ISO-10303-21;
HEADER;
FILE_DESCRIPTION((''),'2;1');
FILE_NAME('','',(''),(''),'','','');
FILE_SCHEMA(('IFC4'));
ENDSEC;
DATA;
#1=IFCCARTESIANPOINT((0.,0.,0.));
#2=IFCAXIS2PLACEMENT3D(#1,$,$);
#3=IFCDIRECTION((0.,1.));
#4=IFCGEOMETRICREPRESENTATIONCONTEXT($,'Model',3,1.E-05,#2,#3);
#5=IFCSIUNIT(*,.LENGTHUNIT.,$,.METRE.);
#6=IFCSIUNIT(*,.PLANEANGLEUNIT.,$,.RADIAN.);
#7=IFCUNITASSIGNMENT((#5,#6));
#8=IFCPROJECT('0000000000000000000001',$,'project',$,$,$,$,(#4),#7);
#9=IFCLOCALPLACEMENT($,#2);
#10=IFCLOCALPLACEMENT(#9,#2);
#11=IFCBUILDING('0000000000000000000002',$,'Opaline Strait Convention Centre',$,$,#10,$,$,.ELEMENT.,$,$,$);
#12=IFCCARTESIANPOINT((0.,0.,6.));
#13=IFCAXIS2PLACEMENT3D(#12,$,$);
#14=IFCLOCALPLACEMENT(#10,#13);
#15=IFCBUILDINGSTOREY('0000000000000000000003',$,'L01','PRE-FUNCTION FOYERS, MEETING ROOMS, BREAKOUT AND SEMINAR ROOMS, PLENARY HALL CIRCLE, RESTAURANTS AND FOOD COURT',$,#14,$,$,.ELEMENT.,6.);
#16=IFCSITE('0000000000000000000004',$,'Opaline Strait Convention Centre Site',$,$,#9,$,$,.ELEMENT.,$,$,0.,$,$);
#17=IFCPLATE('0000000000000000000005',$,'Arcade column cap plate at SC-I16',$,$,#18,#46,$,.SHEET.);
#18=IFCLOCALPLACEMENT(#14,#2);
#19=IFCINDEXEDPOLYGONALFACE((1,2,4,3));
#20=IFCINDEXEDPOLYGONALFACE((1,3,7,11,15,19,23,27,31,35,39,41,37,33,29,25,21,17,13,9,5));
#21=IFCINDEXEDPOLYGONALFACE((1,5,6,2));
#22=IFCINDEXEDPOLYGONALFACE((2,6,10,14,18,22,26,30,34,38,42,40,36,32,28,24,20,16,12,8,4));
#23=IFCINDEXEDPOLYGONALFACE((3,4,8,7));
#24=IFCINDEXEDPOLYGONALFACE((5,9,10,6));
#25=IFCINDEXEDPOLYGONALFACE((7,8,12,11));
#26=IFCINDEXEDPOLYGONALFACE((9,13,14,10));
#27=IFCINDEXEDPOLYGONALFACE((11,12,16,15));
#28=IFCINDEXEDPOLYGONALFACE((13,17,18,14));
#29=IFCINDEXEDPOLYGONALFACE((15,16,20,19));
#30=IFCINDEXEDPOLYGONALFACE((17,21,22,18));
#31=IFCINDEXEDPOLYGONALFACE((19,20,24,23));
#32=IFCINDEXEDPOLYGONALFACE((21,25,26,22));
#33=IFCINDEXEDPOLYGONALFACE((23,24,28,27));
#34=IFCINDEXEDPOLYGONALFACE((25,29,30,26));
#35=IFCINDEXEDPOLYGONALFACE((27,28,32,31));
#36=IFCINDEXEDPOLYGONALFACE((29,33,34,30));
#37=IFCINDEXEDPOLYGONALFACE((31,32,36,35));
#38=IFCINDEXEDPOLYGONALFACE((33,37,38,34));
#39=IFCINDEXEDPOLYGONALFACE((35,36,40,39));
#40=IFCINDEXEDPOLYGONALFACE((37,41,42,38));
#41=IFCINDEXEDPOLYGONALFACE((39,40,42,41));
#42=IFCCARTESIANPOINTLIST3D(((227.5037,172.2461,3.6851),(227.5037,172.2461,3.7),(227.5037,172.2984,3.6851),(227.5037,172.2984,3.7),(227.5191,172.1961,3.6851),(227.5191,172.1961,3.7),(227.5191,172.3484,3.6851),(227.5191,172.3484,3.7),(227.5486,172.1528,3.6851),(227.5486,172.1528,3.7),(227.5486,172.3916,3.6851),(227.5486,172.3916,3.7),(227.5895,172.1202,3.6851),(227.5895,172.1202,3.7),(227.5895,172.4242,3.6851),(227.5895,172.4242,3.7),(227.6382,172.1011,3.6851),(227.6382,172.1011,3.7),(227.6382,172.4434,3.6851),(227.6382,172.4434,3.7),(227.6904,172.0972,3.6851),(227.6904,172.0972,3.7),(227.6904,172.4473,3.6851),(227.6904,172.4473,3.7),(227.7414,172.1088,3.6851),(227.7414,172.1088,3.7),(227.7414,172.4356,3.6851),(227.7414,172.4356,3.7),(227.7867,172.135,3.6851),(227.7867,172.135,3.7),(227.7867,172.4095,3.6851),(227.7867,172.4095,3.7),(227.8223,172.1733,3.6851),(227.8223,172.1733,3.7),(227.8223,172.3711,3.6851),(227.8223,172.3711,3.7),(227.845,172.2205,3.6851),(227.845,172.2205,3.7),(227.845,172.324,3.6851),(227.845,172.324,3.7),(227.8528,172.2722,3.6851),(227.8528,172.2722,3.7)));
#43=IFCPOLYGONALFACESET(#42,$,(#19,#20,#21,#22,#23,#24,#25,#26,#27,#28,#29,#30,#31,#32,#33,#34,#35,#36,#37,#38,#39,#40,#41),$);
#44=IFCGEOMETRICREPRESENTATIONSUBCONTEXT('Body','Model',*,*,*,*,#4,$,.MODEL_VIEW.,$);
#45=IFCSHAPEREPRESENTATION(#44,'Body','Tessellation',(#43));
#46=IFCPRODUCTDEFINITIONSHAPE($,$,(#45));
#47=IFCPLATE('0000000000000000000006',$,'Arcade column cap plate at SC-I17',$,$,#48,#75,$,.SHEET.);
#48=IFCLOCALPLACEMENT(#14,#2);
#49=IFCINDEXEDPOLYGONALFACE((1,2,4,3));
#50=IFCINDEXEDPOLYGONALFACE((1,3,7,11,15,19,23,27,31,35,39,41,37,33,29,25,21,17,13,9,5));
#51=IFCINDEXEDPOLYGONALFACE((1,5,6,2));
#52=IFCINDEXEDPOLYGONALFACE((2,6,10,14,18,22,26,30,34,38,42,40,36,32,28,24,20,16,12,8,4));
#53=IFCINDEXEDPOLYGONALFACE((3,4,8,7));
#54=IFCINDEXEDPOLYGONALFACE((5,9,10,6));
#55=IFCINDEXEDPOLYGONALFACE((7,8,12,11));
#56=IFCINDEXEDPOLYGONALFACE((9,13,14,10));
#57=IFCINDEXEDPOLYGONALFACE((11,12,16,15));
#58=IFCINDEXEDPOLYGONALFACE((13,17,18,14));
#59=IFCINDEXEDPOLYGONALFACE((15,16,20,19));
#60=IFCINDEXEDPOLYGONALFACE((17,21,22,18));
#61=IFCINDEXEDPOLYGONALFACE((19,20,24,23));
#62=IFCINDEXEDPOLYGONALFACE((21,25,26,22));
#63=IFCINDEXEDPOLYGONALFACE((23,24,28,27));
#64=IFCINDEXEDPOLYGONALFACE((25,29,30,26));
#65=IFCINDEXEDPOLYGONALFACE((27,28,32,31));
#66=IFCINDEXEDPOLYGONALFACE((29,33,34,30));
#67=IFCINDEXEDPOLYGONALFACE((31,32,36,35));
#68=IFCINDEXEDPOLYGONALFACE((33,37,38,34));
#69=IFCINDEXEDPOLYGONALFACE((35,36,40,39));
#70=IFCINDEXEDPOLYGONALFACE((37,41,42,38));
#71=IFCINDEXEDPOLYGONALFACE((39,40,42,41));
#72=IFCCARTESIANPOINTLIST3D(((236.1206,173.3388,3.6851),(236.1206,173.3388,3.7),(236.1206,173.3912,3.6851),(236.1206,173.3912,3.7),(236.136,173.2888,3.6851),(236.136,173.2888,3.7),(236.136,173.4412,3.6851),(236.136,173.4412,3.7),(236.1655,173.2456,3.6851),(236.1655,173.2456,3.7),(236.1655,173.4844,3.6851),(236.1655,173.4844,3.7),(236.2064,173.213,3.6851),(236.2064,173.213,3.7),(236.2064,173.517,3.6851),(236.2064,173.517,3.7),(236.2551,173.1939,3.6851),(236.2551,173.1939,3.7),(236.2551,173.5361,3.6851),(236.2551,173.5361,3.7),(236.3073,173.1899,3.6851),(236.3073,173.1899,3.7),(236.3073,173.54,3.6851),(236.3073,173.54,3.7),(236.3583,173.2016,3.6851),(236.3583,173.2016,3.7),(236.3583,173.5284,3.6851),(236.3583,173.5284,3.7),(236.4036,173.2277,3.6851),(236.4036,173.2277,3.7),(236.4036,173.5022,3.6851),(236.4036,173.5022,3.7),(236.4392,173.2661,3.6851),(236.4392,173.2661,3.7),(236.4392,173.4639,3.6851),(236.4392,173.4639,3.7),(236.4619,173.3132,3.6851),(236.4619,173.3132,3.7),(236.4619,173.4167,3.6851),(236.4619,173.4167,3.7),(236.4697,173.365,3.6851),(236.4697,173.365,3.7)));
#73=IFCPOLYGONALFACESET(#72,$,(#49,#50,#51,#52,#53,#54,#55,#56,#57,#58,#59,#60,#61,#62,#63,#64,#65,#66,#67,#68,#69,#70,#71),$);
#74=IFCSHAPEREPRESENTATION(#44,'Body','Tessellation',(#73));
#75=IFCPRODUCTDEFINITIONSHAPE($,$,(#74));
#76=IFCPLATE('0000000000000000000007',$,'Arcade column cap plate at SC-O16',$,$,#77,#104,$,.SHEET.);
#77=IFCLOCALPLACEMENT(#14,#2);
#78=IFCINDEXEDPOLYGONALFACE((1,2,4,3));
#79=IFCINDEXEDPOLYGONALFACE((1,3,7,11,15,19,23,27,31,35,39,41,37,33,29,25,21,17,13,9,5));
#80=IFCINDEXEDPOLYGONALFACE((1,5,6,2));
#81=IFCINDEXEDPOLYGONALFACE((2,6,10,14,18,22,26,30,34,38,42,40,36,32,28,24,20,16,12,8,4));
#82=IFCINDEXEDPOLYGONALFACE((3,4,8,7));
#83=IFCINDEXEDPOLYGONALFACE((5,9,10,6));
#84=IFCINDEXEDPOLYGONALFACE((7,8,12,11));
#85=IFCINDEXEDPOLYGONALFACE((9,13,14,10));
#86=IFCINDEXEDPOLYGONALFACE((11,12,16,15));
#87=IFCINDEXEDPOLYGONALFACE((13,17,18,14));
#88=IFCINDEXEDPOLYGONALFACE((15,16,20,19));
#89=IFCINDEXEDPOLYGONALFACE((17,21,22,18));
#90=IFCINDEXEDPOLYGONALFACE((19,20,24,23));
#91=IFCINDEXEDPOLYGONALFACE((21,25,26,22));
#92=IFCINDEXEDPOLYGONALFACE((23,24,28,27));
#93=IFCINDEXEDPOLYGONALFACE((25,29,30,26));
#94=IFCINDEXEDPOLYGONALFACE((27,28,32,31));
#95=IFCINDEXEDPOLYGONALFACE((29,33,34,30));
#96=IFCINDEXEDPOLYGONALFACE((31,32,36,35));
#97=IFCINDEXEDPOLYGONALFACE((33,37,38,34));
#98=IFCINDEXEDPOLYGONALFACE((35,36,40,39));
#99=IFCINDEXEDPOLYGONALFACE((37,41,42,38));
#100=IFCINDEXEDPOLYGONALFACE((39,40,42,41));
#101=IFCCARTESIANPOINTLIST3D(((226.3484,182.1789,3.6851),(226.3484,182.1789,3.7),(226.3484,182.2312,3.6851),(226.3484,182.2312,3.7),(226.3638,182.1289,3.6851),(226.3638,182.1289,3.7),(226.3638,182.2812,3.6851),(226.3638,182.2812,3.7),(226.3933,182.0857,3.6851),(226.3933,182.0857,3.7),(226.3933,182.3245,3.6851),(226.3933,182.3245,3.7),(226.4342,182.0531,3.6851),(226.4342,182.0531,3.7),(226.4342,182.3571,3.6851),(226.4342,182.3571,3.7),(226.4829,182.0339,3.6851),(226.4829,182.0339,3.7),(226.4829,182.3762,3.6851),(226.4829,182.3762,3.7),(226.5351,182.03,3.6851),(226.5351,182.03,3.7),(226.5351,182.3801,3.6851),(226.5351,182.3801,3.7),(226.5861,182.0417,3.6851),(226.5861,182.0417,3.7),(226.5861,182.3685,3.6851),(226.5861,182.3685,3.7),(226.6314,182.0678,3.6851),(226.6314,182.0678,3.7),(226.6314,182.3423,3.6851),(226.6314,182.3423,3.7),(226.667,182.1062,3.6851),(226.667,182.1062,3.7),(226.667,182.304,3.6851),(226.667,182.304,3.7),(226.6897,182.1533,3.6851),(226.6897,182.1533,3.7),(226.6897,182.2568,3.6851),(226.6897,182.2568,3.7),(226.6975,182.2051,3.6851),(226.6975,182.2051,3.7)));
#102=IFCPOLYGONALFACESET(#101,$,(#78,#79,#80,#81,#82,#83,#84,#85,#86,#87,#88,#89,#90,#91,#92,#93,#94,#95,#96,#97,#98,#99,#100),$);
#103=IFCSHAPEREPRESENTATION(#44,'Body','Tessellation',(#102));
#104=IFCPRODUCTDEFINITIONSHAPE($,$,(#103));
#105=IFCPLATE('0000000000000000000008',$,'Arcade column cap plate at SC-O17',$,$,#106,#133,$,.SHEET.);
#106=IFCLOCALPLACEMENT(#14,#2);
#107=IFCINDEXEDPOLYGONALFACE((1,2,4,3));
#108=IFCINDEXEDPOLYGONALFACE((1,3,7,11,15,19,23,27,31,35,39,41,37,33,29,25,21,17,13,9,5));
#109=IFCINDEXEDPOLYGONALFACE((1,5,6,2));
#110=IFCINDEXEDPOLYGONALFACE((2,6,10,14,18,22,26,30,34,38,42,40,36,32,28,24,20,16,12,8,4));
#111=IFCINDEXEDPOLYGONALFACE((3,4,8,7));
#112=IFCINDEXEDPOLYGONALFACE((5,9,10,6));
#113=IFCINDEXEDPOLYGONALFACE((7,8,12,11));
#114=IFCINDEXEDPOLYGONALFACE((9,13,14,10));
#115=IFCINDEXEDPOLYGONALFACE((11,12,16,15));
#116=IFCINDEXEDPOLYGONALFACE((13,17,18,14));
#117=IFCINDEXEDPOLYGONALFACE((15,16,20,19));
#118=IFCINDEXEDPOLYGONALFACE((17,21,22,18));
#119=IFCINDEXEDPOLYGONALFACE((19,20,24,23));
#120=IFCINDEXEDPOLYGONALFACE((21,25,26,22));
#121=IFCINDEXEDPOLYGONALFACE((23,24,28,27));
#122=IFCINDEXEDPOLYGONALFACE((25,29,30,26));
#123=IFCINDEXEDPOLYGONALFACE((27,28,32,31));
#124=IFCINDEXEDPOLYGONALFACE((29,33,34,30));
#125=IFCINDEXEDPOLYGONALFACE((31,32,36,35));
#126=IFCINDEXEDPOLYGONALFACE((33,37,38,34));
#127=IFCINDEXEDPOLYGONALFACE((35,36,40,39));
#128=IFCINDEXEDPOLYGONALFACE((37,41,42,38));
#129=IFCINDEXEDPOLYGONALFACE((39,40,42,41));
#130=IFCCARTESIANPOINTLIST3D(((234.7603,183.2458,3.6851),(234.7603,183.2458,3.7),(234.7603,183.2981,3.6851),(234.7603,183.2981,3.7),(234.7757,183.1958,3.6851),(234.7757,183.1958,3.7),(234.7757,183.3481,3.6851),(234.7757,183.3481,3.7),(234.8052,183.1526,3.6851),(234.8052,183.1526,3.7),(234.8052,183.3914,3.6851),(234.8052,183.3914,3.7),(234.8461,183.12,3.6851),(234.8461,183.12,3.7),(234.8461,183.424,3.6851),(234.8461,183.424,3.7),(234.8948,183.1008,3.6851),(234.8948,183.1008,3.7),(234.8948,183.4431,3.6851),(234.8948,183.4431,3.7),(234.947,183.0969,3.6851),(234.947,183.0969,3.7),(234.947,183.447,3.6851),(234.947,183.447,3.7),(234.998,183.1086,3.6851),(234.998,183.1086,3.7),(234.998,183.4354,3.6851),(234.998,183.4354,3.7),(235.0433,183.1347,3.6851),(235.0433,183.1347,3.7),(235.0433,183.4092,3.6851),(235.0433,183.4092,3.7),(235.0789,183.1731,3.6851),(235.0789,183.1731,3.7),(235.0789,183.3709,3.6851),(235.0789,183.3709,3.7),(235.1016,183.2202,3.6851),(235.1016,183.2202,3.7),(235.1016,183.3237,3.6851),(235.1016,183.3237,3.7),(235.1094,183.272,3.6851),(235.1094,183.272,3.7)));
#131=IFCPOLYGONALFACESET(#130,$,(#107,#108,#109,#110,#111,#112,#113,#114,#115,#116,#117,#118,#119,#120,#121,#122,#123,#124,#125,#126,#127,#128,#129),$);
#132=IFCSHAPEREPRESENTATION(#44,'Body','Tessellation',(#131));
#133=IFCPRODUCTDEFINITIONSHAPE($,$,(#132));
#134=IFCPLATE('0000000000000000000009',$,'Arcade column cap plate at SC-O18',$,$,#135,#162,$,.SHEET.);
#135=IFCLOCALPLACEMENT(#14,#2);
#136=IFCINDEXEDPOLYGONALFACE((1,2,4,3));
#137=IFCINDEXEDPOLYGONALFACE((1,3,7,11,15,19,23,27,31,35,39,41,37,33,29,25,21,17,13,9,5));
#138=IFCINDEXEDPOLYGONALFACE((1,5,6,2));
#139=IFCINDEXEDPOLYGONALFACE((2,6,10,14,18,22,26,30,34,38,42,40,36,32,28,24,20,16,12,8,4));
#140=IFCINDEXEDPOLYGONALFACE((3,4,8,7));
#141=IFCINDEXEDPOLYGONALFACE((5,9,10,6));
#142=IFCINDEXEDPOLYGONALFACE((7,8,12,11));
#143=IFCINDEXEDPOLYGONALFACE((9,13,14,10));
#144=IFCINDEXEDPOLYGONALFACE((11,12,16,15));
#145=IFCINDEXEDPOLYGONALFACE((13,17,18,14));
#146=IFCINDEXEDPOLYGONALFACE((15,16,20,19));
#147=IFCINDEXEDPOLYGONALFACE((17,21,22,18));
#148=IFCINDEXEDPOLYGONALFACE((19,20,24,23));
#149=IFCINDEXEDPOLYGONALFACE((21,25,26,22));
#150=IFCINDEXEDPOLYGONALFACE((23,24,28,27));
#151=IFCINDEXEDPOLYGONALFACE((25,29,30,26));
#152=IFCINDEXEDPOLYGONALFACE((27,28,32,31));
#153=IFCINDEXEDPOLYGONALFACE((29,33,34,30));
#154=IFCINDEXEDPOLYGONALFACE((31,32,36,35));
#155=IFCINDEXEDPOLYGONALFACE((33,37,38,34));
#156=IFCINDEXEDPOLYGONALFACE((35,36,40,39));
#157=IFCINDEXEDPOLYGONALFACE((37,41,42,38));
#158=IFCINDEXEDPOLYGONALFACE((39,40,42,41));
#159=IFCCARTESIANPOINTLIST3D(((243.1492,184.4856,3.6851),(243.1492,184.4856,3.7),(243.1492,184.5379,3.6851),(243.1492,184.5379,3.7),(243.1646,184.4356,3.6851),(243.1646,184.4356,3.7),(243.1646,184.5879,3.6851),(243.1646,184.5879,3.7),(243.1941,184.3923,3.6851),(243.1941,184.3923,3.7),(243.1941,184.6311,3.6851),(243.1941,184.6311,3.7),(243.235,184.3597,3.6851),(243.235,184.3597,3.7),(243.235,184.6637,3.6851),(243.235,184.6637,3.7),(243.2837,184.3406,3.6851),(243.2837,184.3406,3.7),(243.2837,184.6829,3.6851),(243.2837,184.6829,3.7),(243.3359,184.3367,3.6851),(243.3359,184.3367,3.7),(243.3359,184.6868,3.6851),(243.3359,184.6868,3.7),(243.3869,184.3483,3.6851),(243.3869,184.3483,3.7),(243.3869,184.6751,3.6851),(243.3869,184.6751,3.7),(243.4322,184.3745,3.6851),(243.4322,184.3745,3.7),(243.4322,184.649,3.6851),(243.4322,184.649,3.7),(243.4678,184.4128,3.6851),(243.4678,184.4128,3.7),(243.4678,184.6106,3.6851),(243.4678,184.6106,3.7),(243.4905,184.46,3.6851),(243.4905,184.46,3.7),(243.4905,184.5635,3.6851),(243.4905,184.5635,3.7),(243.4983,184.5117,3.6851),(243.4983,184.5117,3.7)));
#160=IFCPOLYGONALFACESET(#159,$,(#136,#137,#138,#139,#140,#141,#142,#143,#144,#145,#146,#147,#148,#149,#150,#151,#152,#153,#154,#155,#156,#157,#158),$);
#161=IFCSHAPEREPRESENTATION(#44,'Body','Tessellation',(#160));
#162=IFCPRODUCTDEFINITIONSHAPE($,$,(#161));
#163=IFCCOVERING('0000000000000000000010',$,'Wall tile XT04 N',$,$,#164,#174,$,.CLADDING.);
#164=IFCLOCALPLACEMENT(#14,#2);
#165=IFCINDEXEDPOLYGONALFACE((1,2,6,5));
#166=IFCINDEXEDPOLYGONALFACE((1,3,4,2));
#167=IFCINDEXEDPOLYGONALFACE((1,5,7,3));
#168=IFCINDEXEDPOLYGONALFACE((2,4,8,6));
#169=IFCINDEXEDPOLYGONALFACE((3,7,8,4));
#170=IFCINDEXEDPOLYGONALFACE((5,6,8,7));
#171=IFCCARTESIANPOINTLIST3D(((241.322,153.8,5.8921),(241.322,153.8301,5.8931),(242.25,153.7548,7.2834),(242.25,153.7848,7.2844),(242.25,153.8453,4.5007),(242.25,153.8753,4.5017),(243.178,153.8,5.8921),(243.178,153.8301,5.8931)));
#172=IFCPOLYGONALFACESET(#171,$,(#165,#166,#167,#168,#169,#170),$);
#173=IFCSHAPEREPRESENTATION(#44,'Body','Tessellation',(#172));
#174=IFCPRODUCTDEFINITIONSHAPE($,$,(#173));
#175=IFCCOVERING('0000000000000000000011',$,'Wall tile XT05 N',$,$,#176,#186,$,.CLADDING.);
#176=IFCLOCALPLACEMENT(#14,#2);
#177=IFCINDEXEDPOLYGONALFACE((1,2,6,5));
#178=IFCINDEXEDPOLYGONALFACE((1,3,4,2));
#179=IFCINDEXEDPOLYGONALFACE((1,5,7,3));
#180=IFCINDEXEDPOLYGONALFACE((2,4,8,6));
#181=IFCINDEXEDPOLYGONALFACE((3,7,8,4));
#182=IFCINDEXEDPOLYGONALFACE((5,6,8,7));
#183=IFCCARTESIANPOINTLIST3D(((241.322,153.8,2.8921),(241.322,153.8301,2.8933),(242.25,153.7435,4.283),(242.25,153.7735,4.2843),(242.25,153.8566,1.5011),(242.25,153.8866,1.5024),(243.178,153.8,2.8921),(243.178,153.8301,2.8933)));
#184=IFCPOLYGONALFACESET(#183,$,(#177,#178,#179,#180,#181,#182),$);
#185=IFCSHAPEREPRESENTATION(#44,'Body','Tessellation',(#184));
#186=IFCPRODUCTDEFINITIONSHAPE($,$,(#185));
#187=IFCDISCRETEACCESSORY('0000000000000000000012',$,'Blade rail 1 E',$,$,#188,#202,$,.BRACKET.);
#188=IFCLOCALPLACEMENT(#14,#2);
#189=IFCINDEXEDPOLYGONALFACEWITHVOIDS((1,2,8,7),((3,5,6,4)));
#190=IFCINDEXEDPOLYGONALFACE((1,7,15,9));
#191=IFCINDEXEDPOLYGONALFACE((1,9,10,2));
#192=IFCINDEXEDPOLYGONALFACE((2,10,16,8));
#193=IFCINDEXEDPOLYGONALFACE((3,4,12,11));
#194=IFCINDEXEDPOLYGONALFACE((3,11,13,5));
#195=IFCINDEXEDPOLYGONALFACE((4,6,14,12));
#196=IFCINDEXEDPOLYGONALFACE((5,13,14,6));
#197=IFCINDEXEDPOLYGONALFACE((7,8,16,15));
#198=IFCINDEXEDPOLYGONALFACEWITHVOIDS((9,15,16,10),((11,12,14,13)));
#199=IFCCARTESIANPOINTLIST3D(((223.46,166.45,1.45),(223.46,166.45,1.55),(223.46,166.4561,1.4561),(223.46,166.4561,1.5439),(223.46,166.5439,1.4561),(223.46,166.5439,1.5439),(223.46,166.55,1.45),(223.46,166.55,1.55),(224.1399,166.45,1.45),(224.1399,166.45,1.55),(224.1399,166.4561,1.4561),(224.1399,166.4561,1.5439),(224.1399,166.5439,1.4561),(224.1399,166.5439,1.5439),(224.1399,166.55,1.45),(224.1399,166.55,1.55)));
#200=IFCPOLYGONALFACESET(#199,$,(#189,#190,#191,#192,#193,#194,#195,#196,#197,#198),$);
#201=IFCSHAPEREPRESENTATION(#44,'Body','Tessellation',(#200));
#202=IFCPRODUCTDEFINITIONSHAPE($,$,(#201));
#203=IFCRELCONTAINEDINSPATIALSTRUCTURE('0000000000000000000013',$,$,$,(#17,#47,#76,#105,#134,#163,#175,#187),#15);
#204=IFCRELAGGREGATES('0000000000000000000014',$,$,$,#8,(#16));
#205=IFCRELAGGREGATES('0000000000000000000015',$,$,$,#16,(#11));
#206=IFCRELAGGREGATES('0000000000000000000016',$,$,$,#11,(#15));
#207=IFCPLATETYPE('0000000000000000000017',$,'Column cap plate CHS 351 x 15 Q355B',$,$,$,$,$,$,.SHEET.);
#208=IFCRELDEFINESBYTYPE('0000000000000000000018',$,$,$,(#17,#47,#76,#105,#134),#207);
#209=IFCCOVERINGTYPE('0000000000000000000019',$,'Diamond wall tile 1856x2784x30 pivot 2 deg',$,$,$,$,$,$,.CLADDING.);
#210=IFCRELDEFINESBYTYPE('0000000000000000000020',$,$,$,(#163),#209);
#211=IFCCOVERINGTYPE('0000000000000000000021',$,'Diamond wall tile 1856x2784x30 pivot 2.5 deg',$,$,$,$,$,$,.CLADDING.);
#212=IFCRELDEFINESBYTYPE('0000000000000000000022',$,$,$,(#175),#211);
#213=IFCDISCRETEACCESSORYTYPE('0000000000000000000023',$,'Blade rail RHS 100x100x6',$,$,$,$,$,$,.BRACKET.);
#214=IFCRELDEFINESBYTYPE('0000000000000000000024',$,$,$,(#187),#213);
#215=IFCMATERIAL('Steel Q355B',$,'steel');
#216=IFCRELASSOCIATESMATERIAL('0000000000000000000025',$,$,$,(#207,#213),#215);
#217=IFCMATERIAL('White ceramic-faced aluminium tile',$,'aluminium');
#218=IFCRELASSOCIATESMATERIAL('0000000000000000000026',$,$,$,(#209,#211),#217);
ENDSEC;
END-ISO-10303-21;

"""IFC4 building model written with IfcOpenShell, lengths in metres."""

from ifc_helpers import new_model, si_unit, direction, frame, origin, origin_2d, place, context, subcontext, project, spatial, polyline, hollow_rectangle, circle, outline, extrude, material, material_profile, profile_set, type_object, element, save


model = new_model("IFC4")

# Units and contexts
model_context = context("Model", 3, precision=1e-05, world=origin(), true_north=direction((0.0, 1.0)))
body_context = subcontext(model_context, "Body", "Model", "MODEL_VIEW")
ifc_project = project(units=[si_unit("LENGTHUNIT", "METRE"), si_unit("PLANEANGLEUNIT", "RADIAN")], contexts=[model_context])

# Site, building, storey
site_placement = place(None, origin())
site = spatial("IfcSite", under=ifc_project, at=site_placement, Name="Opaline Strait Convention Centre Site", CompositionType="ELEMENT", RefElevation=0.0)
building_placement = place(site_placement, origin())
building = spatial("IfcBuilding", under=site, at=building_placement, Name="Opaline Strait Convention Centre", CompositionType="ELEMENT")
storey_placement = place(building_placement, frame((0.0, 0.0, 6.0)))
storey = spatial("IfcBuildingStorey", under=building, at=storey_placement, Name="L01", Description="PRE-FUNCTION FOYERS, MEETING ROOMS, BREAKOUT AND SEMINAR ROOMS, PLENARY HALL CIRCLE, RESTAURANTS AND FOOD COURT", CompositionType="ELEMENT", Elevation=6.0)

# Shared definitions
ifc_material_1 = material(Name="Steel Q355B", Category="steel")

# Plates
ifc_material_profile_1 = material_profile(ifc_material_1, circle(Radius=0.1755, at=origin_2d()), Name="D351")
ifc_profile_set_1 = profile_set([ifc_material_profile_1], Name="Steel Q355B")
plate_type = type_object("IfcPlateType", Name="Column cap plate CHS 351 x 15 Q355B", PredefinedType="SHEET", material=ifc_profile_set_1)
for number, where, z_axis, x_axis, name in (
    (1, (227.6772, 172.2722, 3.6851), (0.0, 0.0, 1.0), (1.0, 0.0, 0.0), "Arcade column cap plate at SC-I16"),
    (2, (236.2942, 173.365, 3.6851), (0.0, 0.0, 1.0), (1.0, 0.0, 0.0), "Arcade column cap plate at SC-I17"),
    (3, (226.522, 182.2051, 3.6851), (0.0, 0.0, 1.0), (1.0, 0.0, 0.0), "Arcade column cap plate at SC-O16"),
    (4, (234.9338, 183.272, 3.6851), (0.0, 0.0, 1.0), (1.0, 0.0, 0.0), "Arcade column cap plate at SC-O17"),
    (5, (243.3228, 184.5117, 3.6851), (0.0, 0.0, 1.0), (1.0, 0.0, 0.0), "Arcade column cap plate at SC-O18"),
):
    element("IfcPlate", number, at=place(storey_placement, frame(where, z_axis=z_axis, x_axis=x_axis)), inside=storey, type_object=plate_type, Name=name, PredefinedType="SHEET", context=body_context, shape_type="SweptSolid", body=[
        extrude(circle(Radius=0.1755, at=origin_2d()), origin(), (0.0, 0.0, 1.0), 0.0149),
    ])

# Coverings
ifc_material_2 = material(Name="White ceramic-faced aluminium tile", Category="aluminium")
ifc_material_profile_2 = material_profile(ifc_material_2, outline(polyline([(0.928, 0.0), (0.0, 1.3921), (-0.928, 0.0), (0.0, -1.3921), (0.928, 0.0)])), Name="Diamond tile 1856x2784")
ifc_profile_set_2 = profile_set([ifc_material_profile_2], Name="White ceramic-faced aluminium tile")
covering_type_1 = type_object("IfcCoveringType", Name="Diamond wall tile 1856x2784x30 pivot 2 deg", PredefinedType="CLADDING", material=ifc_profile_set_2)
covering_1_placement = place(storey_placement, frame((242.25, 153.8, 5.8921), z_axis=(0.0, 0.999472, 0.032503), x_axis=(-1.0, 0.0, 0.0)))
element("IfcCovering", 6, at=covering_1_placement, inside=storey, type_object=covering_type_1, Name="Wall tile XT04 N", PredefinedType="CLADDING", context=body_context, shape_type="SweptSolid", body=[
    extrude(outline(polyline([(0.928, 0.0), (0.0, 1.3921), (-0.928, 0.0), (0.0, -1.3921), (0.928, 0.0)])), origin(), (0.0, 0.0, 1.0), 0.03),
])
ifc_material_profile_3 = material_profile(ifc_material_2, outline(polyline([(0.928, 0.0), (0.0, 1.3921), (-0.928, 0.0), (0.0, -1.3921), (0.928, 0.0)])), Name="Diamond tile 1856x2784")
ifc_profile_set_3 = profile_set([ifc_material_profile_3], Name="White ceramic-faced aluminium tile")
covering_type_2 = type_object("IfcCoveringType", Name="Diamond wall tile 1856x2784x30 pivot 2.5 deg", PredefinedType="CLADDING", material=ifc_profile_set_3)
covering_2_placement = place(storey_placement, frame((242.25, 153.8, 2.8921), z_axis=(0.0, 0.999175, 0.040617), x_axis=(-1.0, 0.0, 0.0)))
element("IfcCovering", 7, at=covering_2_placement, inside=storey, type_object=covering_type_2, Name="Wall tile XT05 N", PredefinedType="CLADDING", context=body_context, shape_type="SweptSolid", body=[
    extrude(outline(polyline([(0.928, 0.0), (0.0, 1.3921), (-0.928, 0.0), (0.0, -1.3921), (0.928, 0.0)])), origin(), (0.0, 0.0, 1.0), 0.03),
])

# Discrete accessory
ifc_material_profile_4 = material_profile(ifc_material_1, hollow_rectangle(XDim=0.1001, YDim=0.1001, WallThickness=0.0061, at=origin_2d()), Name="RHS 100x100x6")
ifc_profile_set_4 = profile_set([ifc_material_profile_4], Name="Steel Q355B")
discrete_accessory_type = type_object("IfcDiscreteAccessoryType", Name="Blade rail RHS 100x100x6", PredefinedType="BRACKET", material=ifc_profile_set_4)
for number, where, z_axis, x_axis, name in (
    (8, (223.46, 166.5, 1.5), (1.0, 0.0, 0.0), (0.0, 1.0, 0.0), "Blade rail 1 E"),
):
    element("IfcDiscreteAccessory", number, at=place(storey_placement, frame(where, z_axis=z_axis, x_axis=x_axis)), inside=storey, type_object=discrete_accessory_type, Name=name, PredefinedType="BRACKET", context=body_context, shape_type="SweptSolid", body=[
        extrude(hollow_rectangle(XDim=0.1001, YDim=0.1001, WallThickness=0.0061, at=origin_2d()), origin(), (0.0, 0.0, 1.0), 0.6799),
    ])

save(model, "model.ifc")
